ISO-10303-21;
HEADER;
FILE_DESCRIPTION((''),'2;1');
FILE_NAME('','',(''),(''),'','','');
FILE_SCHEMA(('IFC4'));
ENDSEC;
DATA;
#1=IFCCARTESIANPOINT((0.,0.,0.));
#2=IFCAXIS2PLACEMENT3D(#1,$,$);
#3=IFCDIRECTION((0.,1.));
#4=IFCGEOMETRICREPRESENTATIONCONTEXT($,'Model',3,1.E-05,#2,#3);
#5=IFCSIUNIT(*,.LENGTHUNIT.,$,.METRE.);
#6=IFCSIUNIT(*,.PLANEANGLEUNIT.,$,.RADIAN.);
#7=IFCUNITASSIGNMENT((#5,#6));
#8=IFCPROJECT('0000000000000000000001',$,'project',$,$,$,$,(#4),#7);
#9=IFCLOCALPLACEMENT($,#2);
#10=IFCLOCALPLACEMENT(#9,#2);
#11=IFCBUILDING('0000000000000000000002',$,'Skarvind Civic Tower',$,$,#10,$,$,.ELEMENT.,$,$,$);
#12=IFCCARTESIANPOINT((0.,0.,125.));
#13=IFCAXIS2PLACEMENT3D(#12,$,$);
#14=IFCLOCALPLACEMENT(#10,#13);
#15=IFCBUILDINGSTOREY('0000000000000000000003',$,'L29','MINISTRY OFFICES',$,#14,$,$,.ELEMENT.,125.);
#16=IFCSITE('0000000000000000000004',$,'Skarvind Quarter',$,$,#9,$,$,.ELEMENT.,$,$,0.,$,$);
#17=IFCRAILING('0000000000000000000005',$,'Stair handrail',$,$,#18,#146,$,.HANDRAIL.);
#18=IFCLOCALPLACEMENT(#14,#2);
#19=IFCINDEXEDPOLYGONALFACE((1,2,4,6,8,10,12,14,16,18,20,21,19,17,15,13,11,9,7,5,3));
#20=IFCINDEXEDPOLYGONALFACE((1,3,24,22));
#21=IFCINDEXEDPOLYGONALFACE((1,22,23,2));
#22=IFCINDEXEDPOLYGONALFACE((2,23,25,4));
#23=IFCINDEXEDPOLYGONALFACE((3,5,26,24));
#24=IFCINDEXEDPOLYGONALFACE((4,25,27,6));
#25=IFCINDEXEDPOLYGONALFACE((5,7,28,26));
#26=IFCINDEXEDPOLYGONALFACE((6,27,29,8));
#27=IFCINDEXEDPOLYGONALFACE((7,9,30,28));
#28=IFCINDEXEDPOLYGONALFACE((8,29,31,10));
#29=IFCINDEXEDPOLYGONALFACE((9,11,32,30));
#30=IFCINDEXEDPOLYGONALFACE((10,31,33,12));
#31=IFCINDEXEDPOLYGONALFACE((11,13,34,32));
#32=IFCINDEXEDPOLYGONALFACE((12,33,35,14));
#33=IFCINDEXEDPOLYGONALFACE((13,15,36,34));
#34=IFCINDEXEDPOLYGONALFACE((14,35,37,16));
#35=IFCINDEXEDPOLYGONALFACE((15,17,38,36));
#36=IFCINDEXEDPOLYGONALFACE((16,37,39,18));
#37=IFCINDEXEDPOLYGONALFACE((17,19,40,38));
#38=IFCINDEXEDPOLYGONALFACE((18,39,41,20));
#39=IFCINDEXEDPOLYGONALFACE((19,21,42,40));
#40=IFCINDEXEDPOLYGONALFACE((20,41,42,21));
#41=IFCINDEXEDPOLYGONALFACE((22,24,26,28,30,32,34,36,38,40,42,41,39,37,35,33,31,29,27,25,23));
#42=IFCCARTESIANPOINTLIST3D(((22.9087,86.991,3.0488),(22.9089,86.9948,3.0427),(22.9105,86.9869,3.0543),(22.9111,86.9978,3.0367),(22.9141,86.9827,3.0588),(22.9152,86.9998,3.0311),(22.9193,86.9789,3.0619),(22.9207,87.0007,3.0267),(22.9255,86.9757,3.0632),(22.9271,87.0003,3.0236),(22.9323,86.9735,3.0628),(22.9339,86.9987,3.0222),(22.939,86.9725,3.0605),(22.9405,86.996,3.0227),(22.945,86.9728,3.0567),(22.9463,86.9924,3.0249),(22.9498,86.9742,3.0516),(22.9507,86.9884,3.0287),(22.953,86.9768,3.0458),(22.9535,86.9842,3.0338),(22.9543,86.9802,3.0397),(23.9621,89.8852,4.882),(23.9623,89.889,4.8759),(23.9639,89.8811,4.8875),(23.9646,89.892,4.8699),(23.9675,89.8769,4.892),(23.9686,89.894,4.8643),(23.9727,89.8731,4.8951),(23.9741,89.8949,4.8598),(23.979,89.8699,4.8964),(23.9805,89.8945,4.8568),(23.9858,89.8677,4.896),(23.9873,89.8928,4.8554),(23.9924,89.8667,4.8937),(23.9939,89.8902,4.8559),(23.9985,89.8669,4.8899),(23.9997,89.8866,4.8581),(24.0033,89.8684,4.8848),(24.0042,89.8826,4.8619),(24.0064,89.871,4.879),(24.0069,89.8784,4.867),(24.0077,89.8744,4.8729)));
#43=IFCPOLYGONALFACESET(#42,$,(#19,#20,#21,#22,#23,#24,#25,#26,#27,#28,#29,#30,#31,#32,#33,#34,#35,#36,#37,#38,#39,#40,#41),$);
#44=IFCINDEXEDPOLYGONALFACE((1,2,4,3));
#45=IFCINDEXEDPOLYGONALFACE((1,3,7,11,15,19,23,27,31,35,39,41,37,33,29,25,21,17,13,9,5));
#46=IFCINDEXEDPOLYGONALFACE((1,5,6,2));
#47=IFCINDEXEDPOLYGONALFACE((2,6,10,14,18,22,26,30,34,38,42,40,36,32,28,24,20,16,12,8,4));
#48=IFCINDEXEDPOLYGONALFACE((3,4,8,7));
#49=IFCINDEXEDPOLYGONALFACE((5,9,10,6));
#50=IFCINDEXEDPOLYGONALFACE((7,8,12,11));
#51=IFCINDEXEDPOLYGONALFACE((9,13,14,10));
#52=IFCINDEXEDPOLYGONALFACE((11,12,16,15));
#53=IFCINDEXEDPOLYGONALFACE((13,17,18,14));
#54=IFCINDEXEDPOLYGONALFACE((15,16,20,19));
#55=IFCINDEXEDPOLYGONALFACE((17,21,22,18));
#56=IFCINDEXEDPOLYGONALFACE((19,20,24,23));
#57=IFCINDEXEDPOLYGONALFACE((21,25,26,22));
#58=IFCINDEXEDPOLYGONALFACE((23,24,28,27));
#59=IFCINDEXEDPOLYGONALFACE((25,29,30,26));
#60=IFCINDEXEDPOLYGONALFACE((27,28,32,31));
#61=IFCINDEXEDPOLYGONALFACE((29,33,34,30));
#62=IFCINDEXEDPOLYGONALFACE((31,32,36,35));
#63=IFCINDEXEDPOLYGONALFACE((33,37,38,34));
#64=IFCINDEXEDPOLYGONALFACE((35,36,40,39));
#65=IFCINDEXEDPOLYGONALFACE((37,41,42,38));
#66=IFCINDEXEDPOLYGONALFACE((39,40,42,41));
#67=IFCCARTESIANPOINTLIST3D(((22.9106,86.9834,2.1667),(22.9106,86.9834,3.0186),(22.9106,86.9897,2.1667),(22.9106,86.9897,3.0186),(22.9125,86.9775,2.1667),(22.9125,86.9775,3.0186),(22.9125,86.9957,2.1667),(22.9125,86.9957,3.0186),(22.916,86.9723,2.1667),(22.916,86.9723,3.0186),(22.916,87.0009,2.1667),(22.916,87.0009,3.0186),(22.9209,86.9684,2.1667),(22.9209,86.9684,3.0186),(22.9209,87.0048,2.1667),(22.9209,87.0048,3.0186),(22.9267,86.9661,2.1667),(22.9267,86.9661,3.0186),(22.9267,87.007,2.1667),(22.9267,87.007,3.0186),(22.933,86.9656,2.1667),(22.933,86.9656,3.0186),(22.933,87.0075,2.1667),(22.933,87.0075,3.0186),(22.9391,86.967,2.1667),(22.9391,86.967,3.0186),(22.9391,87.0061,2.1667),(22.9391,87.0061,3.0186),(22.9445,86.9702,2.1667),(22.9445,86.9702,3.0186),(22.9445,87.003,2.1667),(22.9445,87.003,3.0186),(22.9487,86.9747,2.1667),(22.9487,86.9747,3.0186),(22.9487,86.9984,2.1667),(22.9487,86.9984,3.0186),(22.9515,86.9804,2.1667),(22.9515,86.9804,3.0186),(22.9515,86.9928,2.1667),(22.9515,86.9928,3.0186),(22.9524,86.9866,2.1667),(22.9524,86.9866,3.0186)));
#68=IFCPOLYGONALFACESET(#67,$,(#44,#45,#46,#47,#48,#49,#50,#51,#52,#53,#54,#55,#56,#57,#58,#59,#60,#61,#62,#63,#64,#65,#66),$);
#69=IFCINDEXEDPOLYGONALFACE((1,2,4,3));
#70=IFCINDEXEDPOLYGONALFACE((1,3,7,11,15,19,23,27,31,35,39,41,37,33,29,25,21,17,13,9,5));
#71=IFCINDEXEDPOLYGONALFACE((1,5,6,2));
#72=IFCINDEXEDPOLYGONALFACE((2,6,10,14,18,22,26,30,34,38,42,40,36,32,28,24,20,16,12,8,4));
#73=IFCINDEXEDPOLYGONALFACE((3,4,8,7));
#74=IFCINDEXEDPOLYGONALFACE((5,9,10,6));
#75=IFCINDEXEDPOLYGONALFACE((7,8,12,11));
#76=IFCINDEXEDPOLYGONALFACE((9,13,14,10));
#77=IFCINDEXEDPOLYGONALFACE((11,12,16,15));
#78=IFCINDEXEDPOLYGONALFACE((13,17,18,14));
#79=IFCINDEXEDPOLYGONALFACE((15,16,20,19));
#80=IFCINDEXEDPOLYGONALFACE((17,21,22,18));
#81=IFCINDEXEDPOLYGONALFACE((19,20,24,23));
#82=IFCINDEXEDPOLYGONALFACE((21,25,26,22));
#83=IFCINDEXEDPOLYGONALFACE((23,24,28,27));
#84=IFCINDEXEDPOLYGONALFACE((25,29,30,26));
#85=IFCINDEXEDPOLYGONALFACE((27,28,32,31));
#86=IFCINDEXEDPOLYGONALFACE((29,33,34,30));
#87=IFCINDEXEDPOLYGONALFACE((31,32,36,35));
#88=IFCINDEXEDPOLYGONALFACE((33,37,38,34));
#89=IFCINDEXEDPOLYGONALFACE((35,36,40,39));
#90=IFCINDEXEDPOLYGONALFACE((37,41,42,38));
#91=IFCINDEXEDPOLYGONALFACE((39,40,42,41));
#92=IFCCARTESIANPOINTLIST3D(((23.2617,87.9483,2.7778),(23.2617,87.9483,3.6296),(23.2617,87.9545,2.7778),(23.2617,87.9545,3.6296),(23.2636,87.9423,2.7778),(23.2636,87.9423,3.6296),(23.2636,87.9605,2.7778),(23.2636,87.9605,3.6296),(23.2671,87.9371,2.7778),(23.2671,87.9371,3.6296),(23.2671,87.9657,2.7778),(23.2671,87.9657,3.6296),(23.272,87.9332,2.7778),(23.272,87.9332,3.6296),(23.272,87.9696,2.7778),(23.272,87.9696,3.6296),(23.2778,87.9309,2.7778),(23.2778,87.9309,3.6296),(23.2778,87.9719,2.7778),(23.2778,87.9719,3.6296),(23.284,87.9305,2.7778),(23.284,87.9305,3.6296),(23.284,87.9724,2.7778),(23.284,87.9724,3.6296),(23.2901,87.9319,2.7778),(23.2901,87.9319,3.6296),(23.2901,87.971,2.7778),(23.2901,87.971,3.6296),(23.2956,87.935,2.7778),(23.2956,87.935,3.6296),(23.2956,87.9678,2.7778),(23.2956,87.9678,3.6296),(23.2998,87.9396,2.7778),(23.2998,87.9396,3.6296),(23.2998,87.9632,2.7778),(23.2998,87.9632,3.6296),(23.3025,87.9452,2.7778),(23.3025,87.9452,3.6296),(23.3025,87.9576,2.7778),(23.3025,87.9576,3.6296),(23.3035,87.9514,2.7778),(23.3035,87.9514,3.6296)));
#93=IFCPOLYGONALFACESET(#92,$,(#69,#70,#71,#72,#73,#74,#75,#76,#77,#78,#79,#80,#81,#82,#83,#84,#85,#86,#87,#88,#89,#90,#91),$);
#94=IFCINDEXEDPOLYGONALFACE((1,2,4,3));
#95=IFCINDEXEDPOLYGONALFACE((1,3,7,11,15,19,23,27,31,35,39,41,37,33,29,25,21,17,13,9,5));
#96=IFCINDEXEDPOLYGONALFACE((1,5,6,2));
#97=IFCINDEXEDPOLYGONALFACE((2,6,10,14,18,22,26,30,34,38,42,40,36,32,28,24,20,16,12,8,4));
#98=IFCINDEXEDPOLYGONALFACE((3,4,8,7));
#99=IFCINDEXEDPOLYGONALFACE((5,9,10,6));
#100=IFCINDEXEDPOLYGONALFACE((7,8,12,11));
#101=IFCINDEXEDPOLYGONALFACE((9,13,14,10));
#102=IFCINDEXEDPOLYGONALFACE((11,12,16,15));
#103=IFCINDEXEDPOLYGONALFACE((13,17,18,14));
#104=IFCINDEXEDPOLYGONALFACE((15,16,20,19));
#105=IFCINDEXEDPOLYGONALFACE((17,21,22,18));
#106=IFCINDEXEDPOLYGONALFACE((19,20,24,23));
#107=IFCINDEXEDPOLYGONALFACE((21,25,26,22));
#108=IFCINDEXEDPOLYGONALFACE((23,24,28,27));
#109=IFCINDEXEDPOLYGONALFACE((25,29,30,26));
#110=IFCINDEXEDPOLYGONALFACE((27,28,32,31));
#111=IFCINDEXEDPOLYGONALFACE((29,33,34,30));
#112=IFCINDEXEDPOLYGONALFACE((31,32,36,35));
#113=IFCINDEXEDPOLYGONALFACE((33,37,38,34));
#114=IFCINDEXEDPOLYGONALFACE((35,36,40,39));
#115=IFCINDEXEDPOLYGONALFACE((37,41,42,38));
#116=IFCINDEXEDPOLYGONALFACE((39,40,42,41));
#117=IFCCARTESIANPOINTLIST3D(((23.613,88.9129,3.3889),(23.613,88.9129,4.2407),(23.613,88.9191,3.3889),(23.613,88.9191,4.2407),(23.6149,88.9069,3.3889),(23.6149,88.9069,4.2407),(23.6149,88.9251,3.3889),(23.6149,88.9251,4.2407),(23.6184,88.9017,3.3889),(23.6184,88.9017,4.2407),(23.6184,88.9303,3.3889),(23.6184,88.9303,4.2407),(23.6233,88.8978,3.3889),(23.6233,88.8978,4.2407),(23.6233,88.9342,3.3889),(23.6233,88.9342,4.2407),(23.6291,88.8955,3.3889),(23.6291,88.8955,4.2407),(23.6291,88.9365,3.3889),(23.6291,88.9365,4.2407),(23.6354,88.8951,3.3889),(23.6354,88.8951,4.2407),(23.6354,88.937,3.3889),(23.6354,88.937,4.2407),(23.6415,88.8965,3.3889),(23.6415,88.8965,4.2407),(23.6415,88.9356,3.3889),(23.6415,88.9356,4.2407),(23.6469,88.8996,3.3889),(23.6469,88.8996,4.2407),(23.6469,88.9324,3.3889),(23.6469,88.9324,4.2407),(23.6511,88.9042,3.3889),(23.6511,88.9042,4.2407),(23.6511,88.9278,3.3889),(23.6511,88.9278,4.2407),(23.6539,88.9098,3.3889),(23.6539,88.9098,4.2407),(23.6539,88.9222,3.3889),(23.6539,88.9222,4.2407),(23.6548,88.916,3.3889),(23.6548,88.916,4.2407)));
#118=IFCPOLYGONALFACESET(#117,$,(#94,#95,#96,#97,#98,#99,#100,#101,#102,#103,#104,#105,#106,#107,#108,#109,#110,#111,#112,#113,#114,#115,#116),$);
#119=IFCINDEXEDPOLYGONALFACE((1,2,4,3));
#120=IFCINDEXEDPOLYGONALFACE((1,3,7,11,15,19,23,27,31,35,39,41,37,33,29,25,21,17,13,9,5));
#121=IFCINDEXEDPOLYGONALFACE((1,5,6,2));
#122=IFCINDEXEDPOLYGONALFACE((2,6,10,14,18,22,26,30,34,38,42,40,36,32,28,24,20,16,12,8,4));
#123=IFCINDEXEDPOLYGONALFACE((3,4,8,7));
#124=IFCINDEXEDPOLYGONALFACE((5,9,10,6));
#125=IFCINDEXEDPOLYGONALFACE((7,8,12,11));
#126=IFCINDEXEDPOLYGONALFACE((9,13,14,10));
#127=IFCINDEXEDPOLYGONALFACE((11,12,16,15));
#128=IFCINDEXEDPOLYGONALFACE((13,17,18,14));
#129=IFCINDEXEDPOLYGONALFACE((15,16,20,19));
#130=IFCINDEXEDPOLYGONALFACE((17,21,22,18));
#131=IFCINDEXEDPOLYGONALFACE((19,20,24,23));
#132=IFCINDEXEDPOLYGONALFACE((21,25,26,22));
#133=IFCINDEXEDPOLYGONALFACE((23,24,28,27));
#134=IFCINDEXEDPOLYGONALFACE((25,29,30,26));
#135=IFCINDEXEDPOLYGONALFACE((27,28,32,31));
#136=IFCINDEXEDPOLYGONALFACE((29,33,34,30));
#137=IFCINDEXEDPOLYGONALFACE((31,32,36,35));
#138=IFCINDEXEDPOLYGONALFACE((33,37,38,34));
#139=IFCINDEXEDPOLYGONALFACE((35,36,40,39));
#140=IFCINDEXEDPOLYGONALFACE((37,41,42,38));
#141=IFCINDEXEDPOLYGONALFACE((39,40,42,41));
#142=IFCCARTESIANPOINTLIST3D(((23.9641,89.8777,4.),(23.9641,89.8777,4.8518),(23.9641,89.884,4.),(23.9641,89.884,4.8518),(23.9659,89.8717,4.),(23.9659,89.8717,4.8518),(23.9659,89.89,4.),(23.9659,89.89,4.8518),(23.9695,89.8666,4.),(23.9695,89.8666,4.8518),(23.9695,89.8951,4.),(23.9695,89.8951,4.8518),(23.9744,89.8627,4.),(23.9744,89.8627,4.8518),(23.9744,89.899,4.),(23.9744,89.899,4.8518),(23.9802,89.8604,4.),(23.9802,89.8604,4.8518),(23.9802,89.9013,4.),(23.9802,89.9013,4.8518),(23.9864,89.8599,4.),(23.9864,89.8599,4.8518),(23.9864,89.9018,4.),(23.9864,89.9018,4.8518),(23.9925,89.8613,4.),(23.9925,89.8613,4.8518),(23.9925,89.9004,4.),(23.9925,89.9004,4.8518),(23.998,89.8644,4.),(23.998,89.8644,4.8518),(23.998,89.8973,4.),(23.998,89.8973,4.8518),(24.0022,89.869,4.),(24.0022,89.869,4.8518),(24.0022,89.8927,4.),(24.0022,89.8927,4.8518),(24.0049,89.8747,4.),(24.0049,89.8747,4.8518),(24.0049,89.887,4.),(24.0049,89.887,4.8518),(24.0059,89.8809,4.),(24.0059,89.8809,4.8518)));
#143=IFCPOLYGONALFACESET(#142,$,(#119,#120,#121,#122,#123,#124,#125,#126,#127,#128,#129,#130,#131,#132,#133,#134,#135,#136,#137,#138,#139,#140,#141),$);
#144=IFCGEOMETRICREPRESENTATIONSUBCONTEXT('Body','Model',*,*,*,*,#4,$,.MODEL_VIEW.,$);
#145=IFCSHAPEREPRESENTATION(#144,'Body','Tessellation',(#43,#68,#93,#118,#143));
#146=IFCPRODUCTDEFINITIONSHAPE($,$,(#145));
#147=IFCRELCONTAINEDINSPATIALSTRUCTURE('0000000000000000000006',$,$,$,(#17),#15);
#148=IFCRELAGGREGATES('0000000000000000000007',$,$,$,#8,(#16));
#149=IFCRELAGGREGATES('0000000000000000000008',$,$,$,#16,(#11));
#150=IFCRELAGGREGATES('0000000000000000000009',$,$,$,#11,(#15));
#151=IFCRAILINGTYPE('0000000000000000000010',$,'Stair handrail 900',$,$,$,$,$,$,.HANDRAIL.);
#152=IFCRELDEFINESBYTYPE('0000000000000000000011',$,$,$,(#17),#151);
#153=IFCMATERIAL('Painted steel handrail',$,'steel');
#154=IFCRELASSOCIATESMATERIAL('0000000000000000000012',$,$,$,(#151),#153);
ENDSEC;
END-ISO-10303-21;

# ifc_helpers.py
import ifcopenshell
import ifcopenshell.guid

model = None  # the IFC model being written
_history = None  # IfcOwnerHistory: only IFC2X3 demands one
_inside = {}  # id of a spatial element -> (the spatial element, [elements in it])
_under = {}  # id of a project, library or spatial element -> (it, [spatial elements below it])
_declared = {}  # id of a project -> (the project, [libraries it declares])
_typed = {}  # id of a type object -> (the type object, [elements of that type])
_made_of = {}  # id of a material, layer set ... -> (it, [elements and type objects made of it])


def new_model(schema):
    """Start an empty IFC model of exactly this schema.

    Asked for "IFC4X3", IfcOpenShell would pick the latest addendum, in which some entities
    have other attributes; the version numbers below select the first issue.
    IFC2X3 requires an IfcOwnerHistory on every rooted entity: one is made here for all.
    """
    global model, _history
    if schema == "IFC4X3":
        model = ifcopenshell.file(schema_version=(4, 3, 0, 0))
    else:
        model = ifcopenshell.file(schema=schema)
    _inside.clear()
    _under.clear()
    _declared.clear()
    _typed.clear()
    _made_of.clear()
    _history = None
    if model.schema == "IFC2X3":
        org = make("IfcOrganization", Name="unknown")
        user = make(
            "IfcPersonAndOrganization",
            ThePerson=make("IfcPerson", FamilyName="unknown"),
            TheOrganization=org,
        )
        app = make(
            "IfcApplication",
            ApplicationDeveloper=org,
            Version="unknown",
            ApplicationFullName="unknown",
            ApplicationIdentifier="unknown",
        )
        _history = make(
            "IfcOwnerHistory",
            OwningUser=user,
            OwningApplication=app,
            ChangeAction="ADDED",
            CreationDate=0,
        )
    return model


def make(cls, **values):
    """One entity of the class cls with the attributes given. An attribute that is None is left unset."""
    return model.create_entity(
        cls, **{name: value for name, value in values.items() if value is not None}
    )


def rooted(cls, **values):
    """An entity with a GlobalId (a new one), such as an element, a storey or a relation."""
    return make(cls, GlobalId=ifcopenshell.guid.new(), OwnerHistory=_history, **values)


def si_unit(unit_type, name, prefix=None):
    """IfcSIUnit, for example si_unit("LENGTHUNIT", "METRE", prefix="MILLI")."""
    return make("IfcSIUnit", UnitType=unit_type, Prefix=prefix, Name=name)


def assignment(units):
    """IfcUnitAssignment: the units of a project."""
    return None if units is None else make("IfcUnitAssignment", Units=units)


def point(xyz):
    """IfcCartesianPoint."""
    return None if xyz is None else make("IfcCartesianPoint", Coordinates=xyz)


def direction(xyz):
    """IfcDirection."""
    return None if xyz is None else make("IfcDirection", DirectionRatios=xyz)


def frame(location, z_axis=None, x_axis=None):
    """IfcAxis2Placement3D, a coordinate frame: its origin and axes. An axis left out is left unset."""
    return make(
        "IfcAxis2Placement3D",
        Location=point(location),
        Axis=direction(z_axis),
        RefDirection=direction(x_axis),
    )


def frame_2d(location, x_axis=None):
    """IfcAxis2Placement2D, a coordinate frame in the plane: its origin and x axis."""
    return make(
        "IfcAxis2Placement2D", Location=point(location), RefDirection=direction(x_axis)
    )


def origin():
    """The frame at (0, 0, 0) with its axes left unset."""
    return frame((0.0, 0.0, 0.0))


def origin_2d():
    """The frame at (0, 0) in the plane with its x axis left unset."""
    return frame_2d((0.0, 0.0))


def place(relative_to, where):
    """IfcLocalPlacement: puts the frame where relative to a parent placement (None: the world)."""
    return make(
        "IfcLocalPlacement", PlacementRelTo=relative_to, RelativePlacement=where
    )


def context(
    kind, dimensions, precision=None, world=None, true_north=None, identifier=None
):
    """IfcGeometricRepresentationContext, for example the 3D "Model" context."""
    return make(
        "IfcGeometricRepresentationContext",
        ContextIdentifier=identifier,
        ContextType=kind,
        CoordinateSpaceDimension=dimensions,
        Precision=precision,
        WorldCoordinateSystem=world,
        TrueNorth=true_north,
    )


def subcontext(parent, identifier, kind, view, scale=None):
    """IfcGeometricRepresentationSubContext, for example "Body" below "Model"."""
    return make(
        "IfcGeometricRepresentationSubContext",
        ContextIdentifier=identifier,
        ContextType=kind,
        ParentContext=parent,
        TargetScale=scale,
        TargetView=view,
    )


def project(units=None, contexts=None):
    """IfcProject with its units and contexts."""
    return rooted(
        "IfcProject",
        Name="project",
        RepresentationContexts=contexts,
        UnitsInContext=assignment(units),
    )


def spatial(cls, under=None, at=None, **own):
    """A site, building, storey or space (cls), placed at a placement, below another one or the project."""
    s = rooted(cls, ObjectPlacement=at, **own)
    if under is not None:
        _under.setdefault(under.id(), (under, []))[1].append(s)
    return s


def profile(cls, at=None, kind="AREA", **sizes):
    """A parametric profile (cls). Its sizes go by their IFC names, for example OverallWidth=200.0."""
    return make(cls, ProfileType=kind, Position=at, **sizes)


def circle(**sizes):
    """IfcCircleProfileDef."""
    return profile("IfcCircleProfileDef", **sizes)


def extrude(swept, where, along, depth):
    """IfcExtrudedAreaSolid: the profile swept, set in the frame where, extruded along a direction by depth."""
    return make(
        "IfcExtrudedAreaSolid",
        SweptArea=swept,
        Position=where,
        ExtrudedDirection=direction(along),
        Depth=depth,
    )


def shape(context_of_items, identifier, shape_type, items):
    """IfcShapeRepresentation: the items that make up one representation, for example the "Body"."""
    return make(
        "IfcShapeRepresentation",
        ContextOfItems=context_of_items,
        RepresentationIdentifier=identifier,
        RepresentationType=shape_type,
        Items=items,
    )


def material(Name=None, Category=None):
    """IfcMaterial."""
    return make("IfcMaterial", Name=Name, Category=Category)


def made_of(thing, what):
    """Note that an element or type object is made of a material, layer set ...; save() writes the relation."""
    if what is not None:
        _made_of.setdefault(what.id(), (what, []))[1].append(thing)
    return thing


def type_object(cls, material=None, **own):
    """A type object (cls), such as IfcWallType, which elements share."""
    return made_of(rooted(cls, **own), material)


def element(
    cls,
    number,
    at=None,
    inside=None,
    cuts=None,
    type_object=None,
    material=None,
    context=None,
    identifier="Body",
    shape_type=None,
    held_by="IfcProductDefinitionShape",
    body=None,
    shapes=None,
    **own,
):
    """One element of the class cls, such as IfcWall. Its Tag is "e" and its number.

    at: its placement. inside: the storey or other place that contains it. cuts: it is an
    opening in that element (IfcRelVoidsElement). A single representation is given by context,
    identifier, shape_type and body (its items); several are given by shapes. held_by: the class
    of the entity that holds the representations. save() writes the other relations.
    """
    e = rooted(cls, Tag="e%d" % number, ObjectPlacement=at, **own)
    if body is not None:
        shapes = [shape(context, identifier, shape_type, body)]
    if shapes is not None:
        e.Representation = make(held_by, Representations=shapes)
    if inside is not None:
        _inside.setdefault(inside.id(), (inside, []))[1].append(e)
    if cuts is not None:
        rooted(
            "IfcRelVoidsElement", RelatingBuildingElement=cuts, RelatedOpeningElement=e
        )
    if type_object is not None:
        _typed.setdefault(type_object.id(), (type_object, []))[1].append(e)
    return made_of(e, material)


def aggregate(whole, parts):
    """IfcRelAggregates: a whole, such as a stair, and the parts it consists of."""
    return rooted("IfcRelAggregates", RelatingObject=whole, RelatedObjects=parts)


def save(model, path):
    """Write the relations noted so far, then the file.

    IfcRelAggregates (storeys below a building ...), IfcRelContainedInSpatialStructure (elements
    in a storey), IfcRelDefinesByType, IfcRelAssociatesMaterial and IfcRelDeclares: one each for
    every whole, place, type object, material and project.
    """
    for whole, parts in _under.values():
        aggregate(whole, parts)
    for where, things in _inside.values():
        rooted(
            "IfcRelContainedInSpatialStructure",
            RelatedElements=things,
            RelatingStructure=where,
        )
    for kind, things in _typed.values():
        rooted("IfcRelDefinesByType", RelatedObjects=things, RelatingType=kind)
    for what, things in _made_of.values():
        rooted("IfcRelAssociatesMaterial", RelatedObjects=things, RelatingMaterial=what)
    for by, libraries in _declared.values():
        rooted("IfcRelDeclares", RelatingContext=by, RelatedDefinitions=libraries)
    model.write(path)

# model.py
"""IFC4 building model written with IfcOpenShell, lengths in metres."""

from ifc_helpers import new_model, si_unit, direction, frame, origin, origin_2d, place, context, subcontext, project, spatial, circle, extrude, material, type_object, element, save


model = new_model("IFC4")

# Units and contexts
model_context = context("Model", 3, precision=1e-05, world=origin(), true_north=direction((0.0, 1.0)))
body_context = subcontext(model_context, "Body", "Model", "MODEL_VIEW")
ifc_project = project(units=[si_unit("LENGTHUNIT", "METRE"), si_unit("PLANEANGLEUNIT", "RADIAN")], contexts=[model_context])

# Site, building, storey
site_placement = place(None, origin())
site = spatial("IfcSite", under=ifc_project, at=site_placement, Name="Skarvind Quarter", CompositionType="ELEMENT", RefElevation=0.0)
building_placement = place(site_placement, origin())
building = spatial("IfcBuilding", under=site, at=building_placement, Name="Skarvind Civic Tower", CompositionType="ELEMENT")
storey_placement = place(building_placement, frame((0.0, 0.0, 125.0)))
storey = spatial("IfcBuildingStorey", under=building, at=storey_placement, Name="L29", Description="MINISTRY OFFICES", CompositionType="ELEMENT", Elevation=125.0)

# Railing
ifc_material_1 = material(Name="Painted steel handrail", Category="steel")
railing_type = type_object("IfcRailingType", Name="Stair handrail 900", PredefinedType="HANDRAIL", material=ifc_material_1)
railing_1_placement = place(storey_placement, frame((22.9314, 86.9866, 2.1667)))
element("IfcRailing", 1, at=railing_1_placement, inside=storey, type_object=railing_type, Name="Stair handrail", PredefinedType="HANDRAIL", context=body_context, shape_type="SweptSolid", body=[
    extrude(circle(Radius=0.0239, at=origin_2d()), frame((0.0, 0.0, 0.876), z_axis=(0.293908, 0.807481, 0.511461), x_axis=(-0.939689, 0.342029, 0.0)), (0.0, 0.0, 1.0), 3.5842),
    extrude(circle(Radius=0.021, at=origin_2d()), origin(), (0.0, 0.0, 1.0), 0.8518),
    extrude(circle(Radius=0.021, at=origin_2d()), frame((0.3511, 0.9648, 0.6111)), (0.0, 0.0, 1.0), 0.8518),
    extrude(circle(Radius=0.021, at=origin_2d()), frame((0.7024, 1.9294, 1.2222)), (0.0, 0.0, 1.0), 0.8518),
    extrude(circle(Radius=0.021, at=origin_2d()), frame((1.0535, 2.8943, 1.8333)), (0.0, 0.0, 1.0), 0.8518),
])

save(model, "model.ifc")
